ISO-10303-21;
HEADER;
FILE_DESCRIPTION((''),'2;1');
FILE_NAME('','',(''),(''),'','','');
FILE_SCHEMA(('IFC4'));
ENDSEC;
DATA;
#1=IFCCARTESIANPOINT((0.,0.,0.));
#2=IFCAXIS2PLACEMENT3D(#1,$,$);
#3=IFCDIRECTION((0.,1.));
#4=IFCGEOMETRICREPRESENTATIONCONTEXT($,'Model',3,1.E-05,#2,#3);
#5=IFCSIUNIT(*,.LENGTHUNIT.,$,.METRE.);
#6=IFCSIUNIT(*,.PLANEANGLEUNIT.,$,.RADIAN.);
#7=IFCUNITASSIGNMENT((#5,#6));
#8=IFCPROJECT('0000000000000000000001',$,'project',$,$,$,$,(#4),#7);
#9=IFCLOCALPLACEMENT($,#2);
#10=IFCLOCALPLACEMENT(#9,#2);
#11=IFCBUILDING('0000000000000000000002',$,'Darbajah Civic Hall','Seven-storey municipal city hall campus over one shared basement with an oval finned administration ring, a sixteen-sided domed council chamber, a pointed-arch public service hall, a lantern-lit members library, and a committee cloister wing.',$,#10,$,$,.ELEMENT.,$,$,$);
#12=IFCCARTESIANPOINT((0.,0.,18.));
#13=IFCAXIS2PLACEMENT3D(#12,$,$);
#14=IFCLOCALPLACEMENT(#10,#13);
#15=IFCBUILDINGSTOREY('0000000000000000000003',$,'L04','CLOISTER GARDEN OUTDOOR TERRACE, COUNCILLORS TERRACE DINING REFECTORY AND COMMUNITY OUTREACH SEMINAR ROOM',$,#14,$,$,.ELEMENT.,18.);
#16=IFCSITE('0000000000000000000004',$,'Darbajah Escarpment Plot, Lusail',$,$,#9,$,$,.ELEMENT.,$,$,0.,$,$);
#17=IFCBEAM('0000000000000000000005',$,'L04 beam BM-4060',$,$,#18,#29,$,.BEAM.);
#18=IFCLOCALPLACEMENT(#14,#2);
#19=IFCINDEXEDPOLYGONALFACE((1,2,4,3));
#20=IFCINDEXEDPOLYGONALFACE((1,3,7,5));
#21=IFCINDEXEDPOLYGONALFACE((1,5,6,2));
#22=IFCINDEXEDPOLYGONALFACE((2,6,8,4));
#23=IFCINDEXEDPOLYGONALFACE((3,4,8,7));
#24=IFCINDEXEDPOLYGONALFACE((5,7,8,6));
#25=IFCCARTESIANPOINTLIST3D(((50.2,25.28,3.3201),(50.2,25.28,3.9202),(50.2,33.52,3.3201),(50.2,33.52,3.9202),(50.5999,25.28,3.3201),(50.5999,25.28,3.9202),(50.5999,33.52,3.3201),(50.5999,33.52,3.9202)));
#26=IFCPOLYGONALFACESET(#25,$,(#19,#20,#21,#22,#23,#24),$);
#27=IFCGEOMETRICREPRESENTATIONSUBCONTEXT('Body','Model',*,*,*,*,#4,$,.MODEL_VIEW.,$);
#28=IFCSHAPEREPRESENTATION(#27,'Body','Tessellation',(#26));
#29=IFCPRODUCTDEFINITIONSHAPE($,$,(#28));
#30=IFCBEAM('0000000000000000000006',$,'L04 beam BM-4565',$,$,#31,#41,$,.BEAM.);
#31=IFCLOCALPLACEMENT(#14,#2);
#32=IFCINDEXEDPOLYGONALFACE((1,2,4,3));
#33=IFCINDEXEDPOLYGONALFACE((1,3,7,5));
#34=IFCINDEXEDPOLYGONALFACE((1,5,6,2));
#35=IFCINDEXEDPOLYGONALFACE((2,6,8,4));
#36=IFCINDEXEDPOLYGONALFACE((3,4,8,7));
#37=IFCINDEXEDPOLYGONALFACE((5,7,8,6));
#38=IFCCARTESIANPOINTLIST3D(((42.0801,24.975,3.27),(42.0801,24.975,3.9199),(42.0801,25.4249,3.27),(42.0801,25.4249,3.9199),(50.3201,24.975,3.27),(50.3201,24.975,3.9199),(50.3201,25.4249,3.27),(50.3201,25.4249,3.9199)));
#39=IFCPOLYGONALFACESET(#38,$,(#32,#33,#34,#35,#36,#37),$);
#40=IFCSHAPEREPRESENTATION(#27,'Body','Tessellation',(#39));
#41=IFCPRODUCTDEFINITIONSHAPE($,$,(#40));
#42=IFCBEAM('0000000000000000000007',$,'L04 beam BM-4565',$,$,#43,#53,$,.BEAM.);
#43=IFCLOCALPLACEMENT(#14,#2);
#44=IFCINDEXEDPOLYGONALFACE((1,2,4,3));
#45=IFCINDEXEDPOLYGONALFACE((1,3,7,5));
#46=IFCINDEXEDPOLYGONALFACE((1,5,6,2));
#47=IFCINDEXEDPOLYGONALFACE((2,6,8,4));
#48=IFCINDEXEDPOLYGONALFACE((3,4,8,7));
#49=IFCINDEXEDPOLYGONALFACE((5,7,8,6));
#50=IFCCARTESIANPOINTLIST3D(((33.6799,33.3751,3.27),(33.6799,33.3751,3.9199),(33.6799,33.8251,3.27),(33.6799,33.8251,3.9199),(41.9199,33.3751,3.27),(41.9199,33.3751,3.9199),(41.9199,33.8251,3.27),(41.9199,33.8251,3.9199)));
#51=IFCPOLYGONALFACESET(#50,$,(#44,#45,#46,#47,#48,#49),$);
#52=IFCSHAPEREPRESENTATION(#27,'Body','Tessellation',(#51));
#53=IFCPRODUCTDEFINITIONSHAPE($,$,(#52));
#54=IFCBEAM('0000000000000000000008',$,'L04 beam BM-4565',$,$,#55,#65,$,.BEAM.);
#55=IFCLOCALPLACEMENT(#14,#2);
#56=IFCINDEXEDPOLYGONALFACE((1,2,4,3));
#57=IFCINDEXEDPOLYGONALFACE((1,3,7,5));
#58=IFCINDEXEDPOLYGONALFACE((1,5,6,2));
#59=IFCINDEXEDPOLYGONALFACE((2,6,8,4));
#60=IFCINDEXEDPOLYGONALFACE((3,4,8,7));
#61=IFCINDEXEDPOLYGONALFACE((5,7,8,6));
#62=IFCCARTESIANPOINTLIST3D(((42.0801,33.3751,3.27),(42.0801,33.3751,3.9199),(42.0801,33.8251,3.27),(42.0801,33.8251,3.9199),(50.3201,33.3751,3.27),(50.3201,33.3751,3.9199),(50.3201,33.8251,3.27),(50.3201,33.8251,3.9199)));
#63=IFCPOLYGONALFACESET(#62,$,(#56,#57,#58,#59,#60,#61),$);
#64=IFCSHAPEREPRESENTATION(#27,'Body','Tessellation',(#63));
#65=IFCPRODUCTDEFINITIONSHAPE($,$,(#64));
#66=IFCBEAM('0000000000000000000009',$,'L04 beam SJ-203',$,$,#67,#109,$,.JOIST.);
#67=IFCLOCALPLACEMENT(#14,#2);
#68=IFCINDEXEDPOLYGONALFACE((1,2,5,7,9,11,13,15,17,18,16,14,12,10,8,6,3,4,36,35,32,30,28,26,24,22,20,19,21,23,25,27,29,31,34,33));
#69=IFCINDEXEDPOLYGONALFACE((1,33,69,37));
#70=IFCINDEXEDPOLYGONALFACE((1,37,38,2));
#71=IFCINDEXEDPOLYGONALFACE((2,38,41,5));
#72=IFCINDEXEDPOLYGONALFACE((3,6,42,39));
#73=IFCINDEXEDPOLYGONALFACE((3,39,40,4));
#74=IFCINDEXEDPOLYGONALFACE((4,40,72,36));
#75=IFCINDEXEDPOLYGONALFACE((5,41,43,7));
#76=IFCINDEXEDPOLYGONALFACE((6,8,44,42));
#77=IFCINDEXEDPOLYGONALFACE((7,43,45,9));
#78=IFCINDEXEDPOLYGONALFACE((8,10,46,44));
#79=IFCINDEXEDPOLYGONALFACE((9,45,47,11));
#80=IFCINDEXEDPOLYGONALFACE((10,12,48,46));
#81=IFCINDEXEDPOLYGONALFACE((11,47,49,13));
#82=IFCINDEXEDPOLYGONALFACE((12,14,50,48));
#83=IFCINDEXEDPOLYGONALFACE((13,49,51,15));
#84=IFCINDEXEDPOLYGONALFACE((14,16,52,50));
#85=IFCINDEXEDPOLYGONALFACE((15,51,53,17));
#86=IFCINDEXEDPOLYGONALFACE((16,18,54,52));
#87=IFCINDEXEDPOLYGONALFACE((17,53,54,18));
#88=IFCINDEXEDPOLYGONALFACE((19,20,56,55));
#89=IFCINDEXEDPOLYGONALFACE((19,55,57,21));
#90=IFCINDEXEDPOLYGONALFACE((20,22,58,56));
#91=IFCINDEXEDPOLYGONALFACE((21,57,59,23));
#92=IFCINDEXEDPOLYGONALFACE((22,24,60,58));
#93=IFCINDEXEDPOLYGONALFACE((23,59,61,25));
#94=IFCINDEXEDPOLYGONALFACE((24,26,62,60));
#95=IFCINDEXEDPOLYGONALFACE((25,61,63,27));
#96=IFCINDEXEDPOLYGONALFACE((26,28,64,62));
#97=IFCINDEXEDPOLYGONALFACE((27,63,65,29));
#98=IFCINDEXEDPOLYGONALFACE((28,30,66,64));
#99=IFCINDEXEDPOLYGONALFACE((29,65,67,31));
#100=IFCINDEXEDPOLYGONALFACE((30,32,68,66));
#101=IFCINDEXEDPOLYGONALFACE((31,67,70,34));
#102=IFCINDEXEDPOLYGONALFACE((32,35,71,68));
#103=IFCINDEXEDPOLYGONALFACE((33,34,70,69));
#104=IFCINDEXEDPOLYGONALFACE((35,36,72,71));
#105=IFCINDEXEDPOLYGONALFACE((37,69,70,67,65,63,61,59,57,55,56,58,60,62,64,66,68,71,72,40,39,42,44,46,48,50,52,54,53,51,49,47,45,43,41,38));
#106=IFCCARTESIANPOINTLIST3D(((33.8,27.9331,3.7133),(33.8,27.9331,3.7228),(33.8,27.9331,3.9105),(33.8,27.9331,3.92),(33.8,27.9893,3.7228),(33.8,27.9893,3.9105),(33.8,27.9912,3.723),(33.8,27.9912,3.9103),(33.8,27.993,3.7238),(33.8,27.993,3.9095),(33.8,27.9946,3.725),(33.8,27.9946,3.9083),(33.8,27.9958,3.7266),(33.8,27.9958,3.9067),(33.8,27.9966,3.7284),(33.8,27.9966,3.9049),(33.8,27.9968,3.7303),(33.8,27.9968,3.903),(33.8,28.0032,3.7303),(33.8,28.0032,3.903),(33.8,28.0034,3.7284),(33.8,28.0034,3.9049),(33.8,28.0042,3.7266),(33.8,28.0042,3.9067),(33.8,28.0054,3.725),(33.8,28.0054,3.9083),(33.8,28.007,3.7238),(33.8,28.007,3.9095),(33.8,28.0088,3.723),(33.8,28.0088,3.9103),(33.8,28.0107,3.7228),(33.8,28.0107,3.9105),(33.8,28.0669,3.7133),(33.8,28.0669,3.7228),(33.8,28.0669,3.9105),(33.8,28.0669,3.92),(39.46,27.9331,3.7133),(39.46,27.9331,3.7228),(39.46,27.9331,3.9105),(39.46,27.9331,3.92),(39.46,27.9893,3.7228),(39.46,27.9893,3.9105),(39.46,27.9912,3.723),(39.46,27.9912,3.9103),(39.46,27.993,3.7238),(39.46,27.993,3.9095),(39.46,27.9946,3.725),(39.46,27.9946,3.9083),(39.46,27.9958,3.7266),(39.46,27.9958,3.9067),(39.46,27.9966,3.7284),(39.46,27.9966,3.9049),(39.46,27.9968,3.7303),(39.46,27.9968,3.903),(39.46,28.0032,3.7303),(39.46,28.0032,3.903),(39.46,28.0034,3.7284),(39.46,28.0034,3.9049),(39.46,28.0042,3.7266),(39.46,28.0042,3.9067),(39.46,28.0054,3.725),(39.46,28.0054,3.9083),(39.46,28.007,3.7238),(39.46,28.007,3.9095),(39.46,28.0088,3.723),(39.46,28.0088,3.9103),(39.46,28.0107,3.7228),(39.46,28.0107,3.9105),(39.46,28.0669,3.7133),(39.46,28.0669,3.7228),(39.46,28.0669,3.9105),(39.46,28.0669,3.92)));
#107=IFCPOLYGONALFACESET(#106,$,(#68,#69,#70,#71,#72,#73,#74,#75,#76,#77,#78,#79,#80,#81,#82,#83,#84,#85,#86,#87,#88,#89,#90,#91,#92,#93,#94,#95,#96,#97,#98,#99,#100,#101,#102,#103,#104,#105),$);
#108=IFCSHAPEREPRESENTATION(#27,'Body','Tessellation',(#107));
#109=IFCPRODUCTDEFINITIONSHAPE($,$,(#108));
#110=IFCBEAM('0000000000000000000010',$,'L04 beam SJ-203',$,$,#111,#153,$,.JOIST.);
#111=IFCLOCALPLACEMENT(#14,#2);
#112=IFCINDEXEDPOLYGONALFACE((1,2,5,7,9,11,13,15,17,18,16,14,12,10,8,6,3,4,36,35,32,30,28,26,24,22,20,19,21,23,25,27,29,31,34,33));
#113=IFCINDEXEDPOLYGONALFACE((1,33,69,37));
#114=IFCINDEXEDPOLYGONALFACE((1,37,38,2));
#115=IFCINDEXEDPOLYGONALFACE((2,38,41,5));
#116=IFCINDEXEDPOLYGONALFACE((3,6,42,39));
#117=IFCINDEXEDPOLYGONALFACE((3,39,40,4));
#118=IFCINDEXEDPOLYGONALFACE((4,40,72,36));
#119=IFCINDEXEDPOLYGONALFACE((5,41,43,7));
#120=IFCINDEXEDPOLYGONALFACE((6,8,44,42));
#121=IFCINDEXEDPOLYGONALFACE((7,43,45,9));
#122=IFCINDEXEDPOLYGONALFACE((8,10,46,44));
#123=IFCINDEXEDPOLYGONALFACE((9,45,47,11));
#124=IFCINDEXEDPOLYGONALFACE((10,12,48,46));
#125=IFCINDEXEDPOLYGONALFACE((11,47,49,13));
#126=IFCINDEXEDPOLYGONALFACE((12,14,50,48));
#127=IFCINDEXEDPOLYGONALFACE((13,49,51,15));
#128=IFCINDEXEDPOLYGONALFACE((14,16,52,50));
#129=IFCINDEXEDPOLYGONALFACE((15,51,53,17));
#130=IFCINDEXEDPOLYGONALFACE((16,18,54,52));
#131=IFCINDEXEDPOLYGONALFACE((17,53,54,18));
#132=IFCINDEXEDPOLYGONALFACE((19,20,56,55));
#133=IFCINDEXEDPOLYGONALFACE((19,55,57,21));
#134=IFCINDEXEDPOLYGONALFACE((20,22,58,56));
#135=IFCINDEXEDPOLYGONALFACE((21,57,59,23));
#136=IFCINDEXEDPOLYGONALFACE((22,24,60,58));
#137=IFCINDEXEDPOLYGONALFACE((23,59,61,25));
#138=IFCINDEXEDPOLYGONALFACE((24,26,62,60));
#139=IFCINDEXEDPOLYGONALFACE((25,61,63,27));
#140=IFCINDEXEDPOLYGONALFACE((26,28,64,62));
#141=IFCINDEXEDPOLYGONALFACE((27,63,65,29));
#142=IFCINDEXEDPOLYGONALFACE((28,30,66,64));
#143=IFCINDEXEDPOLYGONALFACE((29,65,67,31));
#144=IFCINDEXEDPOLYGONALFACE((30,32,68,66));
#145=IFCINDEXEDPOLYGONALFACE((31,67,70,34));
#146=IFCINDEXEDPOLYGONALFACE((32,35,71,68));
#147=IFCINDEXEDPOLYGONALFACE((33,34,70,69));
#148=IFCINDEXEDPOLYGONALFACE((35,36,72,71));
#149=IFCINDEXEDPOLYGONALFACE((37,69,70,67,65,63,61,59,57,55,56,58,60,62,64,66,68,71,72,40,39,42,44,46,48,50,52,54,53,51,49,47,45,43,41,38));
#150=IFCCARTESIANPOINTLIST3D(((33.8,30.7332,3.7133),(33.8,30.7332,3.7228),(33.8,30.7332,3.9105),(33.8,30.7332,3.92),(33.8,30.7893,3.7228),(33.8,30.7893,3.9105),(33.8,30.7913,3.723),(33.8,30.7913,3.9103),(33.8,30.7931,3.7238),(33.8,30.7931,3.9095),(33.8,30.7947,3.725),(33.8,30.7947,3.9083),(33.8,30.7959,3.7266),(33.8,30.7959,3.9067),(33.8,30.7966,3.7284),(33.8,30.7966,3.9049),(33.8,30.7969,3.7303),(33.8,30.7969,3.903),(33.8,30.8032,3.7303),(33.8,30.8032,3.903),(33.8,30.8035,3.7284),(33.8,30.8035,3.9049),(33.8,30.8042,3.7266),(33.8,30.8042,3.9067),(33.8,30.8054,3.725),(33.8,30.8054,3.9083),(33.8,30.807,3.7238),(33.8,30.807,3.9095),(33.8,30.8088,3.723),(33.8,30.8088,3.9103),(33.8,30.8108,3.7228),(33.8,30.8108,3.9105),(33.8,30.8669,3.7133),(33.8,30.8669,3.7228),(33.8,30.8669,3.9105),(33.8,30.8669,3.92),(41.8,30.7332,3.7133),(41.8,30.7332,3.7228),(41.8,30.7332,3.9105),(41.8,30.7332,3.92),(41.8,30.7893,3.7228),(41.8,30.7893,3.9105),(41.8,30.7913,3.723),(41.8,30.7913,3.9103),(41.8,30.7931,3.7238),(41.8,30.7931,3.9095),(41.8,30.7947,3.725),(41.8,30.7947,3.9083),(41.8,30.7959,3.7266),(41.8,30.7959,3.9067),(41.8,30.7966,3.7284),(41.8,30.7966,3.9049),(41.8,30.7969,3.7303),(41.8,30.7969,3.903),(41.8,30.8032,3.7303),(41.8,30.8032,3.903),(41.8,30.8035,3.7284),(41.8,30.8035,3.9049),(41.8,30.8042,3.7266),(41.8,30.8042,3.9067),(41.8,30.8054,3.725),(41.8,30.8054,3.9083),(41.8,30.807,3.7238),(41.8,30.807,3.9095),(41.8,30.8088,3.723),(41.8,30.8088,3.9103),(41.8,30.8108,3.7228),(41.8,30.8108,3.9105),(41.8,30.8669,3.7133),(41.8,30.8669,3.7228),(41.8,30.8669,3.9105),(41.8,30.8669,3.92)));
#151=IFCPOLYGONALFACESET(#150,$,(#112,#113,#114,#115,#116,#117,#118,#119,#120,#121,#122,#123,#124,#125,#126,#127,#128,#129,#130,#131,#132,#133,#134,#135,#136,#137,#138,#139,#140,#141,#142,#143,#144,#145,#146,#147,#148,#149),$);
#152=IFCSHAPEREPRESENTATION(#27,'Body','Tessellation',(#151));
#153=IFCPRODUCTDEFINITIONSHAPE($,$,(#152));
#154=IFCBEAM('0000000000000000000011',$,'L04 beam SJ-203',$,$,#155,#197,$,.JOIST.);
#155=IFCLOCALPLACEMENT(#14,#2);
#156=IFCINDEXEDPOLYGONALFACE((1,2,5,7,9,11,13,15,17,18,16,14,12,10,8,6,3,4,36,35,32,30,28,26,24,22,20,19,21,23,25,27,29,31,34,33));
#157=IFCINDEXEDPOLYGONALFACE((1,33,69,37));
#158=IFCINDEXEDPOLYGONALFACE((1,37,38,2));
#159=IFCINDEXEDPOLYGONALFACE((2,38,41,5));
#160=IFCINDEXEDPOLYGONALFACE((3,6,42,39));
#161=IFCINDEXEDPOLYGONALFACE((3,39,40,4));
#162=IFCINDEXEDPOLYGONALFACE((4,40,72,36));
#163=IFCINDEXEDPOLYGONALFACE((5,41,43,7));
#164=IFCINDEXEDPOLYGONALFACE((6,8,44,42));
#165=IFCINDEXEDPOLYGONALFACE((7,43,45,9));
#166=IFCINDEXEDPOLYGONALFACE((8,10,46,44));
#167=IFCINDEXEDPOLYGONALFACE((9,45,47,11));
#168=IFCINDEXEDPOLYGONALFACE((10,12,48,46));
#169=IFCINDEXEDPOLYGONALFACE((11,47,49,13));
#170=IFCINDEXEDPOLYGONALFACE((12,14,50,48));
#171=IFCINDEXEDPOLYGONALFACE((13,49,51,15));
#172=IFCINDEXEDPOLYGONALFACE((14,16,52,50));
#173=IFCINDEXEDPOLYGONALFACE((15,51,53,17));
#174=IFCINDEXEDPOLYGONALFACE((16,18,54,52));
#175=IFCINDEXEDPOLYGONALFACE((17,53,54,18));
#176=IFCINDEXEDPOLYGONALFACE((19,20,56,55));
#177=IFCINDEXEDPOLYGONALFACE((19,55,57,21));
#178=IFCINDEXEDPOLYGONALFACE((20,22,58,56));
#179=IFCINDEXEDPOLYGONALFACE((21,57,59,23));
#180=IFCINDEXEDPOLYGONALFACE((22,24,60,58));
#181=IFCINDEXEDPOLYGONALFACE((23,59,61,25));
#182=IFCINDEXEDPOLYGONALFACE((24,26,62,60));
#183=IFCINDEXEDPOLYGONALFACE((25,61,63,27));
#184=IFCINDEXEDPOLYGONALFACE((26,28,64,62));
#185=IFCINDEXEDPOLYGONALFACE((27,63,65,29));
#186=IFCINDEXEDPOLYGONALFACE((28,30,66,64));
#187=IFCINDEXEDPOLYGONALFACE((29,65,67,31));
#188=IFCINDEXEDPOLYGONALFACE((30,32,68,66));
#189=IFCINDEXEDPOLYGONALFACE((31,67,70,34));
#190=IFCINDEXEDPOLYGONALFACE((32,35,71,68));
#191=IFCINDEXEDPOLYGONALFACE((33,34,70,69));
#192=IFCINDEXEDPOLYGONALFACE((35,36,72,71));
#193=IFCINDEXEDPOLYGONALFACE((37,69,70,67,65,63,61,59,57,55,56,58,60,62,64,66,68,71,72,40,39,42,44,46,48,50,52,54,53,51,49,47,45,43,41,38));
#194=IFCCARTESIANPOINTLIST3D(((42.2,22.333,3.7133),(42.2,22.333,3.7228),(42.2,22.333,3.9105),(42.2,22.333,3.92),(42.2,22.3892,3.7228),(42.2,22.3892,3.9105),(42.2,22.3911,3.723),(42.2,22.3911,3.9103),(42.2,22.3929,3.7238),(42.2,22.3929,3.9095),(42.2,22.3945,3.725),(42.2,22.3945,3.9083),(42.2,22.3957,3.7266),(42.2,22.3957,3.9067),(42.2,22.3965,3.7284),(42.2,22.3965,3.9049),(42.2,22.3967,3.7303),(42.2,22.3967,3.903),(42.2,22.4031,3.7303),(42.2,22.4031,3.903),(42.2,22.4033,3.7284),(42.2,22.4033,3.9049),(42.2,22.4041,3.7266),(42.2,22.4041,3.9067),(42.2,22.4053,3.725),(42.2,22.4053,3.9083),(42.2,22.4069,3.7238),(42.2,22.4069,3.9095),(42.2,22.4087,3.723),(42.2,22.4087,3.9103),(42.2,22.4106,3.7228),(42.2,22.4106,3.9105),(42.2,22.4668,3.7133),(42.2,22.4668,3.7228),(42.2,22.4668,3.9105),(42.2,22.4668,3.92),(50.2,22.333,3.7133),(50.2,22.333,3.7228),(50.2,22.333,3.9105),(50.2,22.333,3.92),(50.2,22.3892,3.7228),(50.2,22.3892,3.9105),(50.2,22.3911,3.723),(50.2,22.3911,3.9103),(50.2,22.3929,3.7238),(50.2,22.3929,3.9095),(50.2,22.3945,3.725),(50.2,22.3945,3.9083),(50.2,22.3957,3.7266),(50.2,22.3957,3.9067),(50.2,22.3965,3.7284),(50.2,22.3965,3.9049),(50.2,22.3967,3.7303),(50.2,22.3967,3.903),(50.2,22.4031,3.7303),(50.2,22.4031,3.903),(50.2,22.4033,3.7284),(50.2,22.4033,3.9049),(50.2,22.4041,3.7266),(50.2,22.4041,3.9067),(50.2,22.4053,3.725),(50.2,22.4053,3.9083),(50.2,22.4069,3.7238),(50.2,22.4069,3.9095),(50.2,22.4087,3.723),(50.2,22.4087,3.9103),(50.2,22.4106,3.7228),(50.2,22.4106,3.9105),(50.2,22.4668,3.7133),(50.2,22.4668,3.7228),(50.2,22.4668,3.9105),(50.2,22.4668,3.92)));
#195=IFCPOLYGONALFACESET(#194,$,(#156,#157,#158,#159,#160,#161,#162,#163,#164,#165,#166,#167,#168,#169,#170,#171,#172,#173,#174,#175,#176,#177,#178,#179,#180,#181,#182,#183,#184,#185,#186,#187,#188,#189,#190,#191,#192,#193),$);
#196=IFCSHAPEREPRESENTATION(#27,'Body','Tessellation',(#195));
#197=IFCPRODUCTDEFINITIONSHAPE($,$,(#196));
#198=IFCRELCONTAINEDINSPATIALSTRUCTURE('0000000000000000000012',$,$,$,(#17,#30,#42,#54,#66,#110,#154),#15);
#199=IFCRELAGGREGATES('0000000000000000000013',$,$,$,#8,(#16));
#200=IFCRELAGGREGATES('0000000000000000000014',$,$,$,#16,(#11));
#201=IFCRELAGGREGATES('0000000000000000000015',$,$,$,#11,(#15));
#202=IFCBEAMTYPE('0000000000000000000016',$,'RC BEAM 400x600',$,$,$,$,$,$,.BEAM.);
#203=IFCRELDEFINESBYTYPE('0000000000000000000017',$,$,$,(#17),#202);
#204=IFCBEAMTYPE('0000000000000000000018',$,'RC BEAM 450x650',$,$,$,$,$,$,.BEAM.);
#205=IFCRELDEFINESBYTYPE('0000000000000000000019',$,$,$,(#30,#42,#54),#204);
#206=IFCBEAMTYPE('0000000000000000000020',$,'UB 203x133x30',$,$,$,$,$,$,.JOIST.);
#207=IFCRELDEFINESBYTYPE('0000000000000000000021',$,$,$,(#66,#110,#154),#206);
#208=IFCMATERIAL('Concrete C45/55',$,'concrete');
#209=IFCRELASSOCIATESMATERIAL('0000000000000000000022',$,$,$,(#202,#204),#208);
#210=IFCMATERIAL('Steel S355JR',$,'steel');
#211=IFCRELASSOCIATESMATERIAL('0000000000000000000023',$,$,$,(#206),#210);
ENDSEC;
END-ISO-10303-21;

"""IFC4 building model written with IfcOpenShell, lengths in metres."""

from ifc_helpers import new_model, si_unit, direction, frame, origin, origin_2d, place, context, subcontext, project, spatial, rectangle, i_section, extrude, material, material_profile, profile_set, type_object, element, save


model = new_model("IFC4")

# Units and contexts
model_context = context("Model", 3, precision=1e-05, world=origin(), true_north=direction((0.0, 1.0)))
body_context = subcontext(model_context, "Body", "Model", "MODEL_VIEW")
ifc_project = project(units=[si_unit("LENGTHUNIT", "METRE"), si_unit("PLANEANGLEUNIT", "RADIAN")], contexts=[model_context])

# Site, building, storey
site_placement = place(None, origin())
site = spatial("IfcSite", under=ifc_project, at=site_placement, Name="Darbajah Escarpment Plot, Lusail", CompositionType="ELEMENT", RefElevation=0.0)
building_placement = place(site_placement, origin())
building = spatial("IfcBuilding", under=site, at=building_placement, Name="Darbajah Civic Hall", Description="Seven-storey municipal city hall campus over one shared basement with an oval finned administration ring, a sixteen-sided domed council chamber, a pointed-arch public service hall, a lantern-lit members library, and a committee cloister wing.", CompositionType="ELEMENT")
storey_placement = place(building_placement, frame((0.0, 0.0, 18.0)))
storey = spatial("IfcBuildingStorey", under=building, at=storey_placement, Name="L04", Description="CLOISTER GARDEN OUTDOOR TERRACE, COUNCILLORS TERRACE DINING REFECTORY AND COMMUNITY OUTREACH SEMINAR ROOM", CompositionType="ELEMENT", Elevation=18.0)

# Shared definitions
ifc_material_1 = material(Name="Steel S355JR", Category="steel")

# Beams
ifc_material_2 = material(Name="Concrete C45/55", Category="concrete")
ifc_material_profile_1 = material_profile(ifc_material_2, rectangle(XDim=0.3999, YDim=0.6001, at=origin_2d()), Name="RC BEAM 400x600")
ifc_profile_set_1 = profile_set([ifc_material_profile_1], Name="Concrete C45/55")
beam_type_1 = type_object("IfcBeamType", Name="RC BEAM 400x600", PredefinedType="BEAM", material=ifc_profile_set_1)
beam_1_placement = place(storey_placement, frame((50.3999, 25.28, 3.6201), z_axis=(0.0, 1.0, 0.0), x_axis=(-1.0, 0.0, 0.0)))
element("IfcBeam", 1, at=beam_1_placement, inside=storey, type_object=beam_type_1, Name="L04 beam BM-4060", PredefinedType="BEAM", context=body_context, shape_type="SweptSolid", body=[
    extrude(rectangle(XDim=0.3999, YDim=0.6001, at=origin_2d()), origin(), (0.0, 0.0, 1.0), 8.24),
])
ifc_material_profile_2 = material_profile(ifc_material_2, rectangle(XDim=0.45, YDim=0.6499, at=origin_2d()), Name="RC BEAM 450x650")
ifc_profile_set_2 = profile_set([ifc_material_profile_2], Name="Concrete C45/55")
beam_type_2 = type_object("IfcBeamType", Name="RC BEAM 450x650", PredefinedType="BEAM", material=ifc_profile_set_2)
for number, where, z_axis, x_axis, name in (
    (2, (42.0801, 25.2, 3.595), (1.0, 0.0, 0.0), (0.0, 1.0, 0.0), "L04 beam BM-4565"),
    (3, (33.6799, 33.6001, 3.595), (1.0, 0.0, 0.0), (0.0, 1.0, 0.0), "L04 beam BM-4565"),
    (4, (42.0801, 33.6001, 3.595), (1.0, 0.0, 0.0), (0.0, 1.0, 0.0), "L04 beam BM-4565"),
):
    element("IfcBeam", number, at=place(storey_placement, frame(where, z_axis=z_axis, x_axis=x_axis)), inside=storey, type_object=beam_type_2, Name=name, PredefinedType="BEAM", context=body_context, shape_type="SweptSolid", body=[
        extrude(rectangle(XDim=0.45, YDim=0.6499, at=origin_2d()), origin(), (0.0, 0.0, 1.0), 8.24),
    ])
ifc_material_profile_3 = material_profile(ifc_material_1, i_section(OverallWidth=0.1338, OverallDepth=0.2068, WebThickness=0.0063, FlangeThickness=0.0095, FilletRadius=0.0076, at=origin_2d()), Name="UB 203x133x30")
ifc_profile_set_3 = profile_set([ifc_material_profile_3], Name="Steel S355JR")
beam_type_3 = type_object("IfcBeamType", Name="UB 203x133x30", PredefinedType="JOIST", material=ifc_profile_set_3)
beam_2_placement = place(storey_placement, frame((33.8, 28.0, 3.8167), z_axis=(1.0, 0.0, 0.0), x_axis=(0.0, 1.0, 0.0)))
element("IfcBeam", 5, at=beam_2_placement, inside=storey, type_object=beam_type_3, Name="L04 beam SJ-203", PredefinedType="JOIST", context=body_context, shape_type="SweptSolid", body=[
    extrude(i_section(OverallWidth=0.1338, OverallDepth=0.2068, WebThickness=0.0063, FlangeThickness=0.0095, FilletRadius=0.0076, at=origin_2d()), origin(), (0.0, 0.0, 1.0), 5.6599),
])
for number, where, z_axis, x_axis, name in (
    (6, (33.8, 30.8, 3.8167), (1.0, 0.0, 0.0), (0.0, 1.0, 0.0), "L04 beam SJ-203"),
    (7, (42.2, 22.3999, 3.8167), (1.0, 0.0, 0.0), (0.0, 1.0, 0.0), "L04 beam SJ-203"),
):
    element("IfcBeam", number, at=place(storey_placement, frame(where, z_axis=z_axis, x_axis=x_axis)), inside=storey, type_object=beam_type_3, Name=name, PredefinedType="JOIST", context=body_context, shape_type="SweptSolid", body=[
        extrude(i_section(OverallWidth=0.1338, OverallDepth=0.2068, WebThickness=0.0063, FlangeThickness=0.0095, FilletRadius=0.0076, at=origin_2d()), origin(), (0.0, 0.0, 1.0), 8.0),
    ])

save(model, "model.ifc")
